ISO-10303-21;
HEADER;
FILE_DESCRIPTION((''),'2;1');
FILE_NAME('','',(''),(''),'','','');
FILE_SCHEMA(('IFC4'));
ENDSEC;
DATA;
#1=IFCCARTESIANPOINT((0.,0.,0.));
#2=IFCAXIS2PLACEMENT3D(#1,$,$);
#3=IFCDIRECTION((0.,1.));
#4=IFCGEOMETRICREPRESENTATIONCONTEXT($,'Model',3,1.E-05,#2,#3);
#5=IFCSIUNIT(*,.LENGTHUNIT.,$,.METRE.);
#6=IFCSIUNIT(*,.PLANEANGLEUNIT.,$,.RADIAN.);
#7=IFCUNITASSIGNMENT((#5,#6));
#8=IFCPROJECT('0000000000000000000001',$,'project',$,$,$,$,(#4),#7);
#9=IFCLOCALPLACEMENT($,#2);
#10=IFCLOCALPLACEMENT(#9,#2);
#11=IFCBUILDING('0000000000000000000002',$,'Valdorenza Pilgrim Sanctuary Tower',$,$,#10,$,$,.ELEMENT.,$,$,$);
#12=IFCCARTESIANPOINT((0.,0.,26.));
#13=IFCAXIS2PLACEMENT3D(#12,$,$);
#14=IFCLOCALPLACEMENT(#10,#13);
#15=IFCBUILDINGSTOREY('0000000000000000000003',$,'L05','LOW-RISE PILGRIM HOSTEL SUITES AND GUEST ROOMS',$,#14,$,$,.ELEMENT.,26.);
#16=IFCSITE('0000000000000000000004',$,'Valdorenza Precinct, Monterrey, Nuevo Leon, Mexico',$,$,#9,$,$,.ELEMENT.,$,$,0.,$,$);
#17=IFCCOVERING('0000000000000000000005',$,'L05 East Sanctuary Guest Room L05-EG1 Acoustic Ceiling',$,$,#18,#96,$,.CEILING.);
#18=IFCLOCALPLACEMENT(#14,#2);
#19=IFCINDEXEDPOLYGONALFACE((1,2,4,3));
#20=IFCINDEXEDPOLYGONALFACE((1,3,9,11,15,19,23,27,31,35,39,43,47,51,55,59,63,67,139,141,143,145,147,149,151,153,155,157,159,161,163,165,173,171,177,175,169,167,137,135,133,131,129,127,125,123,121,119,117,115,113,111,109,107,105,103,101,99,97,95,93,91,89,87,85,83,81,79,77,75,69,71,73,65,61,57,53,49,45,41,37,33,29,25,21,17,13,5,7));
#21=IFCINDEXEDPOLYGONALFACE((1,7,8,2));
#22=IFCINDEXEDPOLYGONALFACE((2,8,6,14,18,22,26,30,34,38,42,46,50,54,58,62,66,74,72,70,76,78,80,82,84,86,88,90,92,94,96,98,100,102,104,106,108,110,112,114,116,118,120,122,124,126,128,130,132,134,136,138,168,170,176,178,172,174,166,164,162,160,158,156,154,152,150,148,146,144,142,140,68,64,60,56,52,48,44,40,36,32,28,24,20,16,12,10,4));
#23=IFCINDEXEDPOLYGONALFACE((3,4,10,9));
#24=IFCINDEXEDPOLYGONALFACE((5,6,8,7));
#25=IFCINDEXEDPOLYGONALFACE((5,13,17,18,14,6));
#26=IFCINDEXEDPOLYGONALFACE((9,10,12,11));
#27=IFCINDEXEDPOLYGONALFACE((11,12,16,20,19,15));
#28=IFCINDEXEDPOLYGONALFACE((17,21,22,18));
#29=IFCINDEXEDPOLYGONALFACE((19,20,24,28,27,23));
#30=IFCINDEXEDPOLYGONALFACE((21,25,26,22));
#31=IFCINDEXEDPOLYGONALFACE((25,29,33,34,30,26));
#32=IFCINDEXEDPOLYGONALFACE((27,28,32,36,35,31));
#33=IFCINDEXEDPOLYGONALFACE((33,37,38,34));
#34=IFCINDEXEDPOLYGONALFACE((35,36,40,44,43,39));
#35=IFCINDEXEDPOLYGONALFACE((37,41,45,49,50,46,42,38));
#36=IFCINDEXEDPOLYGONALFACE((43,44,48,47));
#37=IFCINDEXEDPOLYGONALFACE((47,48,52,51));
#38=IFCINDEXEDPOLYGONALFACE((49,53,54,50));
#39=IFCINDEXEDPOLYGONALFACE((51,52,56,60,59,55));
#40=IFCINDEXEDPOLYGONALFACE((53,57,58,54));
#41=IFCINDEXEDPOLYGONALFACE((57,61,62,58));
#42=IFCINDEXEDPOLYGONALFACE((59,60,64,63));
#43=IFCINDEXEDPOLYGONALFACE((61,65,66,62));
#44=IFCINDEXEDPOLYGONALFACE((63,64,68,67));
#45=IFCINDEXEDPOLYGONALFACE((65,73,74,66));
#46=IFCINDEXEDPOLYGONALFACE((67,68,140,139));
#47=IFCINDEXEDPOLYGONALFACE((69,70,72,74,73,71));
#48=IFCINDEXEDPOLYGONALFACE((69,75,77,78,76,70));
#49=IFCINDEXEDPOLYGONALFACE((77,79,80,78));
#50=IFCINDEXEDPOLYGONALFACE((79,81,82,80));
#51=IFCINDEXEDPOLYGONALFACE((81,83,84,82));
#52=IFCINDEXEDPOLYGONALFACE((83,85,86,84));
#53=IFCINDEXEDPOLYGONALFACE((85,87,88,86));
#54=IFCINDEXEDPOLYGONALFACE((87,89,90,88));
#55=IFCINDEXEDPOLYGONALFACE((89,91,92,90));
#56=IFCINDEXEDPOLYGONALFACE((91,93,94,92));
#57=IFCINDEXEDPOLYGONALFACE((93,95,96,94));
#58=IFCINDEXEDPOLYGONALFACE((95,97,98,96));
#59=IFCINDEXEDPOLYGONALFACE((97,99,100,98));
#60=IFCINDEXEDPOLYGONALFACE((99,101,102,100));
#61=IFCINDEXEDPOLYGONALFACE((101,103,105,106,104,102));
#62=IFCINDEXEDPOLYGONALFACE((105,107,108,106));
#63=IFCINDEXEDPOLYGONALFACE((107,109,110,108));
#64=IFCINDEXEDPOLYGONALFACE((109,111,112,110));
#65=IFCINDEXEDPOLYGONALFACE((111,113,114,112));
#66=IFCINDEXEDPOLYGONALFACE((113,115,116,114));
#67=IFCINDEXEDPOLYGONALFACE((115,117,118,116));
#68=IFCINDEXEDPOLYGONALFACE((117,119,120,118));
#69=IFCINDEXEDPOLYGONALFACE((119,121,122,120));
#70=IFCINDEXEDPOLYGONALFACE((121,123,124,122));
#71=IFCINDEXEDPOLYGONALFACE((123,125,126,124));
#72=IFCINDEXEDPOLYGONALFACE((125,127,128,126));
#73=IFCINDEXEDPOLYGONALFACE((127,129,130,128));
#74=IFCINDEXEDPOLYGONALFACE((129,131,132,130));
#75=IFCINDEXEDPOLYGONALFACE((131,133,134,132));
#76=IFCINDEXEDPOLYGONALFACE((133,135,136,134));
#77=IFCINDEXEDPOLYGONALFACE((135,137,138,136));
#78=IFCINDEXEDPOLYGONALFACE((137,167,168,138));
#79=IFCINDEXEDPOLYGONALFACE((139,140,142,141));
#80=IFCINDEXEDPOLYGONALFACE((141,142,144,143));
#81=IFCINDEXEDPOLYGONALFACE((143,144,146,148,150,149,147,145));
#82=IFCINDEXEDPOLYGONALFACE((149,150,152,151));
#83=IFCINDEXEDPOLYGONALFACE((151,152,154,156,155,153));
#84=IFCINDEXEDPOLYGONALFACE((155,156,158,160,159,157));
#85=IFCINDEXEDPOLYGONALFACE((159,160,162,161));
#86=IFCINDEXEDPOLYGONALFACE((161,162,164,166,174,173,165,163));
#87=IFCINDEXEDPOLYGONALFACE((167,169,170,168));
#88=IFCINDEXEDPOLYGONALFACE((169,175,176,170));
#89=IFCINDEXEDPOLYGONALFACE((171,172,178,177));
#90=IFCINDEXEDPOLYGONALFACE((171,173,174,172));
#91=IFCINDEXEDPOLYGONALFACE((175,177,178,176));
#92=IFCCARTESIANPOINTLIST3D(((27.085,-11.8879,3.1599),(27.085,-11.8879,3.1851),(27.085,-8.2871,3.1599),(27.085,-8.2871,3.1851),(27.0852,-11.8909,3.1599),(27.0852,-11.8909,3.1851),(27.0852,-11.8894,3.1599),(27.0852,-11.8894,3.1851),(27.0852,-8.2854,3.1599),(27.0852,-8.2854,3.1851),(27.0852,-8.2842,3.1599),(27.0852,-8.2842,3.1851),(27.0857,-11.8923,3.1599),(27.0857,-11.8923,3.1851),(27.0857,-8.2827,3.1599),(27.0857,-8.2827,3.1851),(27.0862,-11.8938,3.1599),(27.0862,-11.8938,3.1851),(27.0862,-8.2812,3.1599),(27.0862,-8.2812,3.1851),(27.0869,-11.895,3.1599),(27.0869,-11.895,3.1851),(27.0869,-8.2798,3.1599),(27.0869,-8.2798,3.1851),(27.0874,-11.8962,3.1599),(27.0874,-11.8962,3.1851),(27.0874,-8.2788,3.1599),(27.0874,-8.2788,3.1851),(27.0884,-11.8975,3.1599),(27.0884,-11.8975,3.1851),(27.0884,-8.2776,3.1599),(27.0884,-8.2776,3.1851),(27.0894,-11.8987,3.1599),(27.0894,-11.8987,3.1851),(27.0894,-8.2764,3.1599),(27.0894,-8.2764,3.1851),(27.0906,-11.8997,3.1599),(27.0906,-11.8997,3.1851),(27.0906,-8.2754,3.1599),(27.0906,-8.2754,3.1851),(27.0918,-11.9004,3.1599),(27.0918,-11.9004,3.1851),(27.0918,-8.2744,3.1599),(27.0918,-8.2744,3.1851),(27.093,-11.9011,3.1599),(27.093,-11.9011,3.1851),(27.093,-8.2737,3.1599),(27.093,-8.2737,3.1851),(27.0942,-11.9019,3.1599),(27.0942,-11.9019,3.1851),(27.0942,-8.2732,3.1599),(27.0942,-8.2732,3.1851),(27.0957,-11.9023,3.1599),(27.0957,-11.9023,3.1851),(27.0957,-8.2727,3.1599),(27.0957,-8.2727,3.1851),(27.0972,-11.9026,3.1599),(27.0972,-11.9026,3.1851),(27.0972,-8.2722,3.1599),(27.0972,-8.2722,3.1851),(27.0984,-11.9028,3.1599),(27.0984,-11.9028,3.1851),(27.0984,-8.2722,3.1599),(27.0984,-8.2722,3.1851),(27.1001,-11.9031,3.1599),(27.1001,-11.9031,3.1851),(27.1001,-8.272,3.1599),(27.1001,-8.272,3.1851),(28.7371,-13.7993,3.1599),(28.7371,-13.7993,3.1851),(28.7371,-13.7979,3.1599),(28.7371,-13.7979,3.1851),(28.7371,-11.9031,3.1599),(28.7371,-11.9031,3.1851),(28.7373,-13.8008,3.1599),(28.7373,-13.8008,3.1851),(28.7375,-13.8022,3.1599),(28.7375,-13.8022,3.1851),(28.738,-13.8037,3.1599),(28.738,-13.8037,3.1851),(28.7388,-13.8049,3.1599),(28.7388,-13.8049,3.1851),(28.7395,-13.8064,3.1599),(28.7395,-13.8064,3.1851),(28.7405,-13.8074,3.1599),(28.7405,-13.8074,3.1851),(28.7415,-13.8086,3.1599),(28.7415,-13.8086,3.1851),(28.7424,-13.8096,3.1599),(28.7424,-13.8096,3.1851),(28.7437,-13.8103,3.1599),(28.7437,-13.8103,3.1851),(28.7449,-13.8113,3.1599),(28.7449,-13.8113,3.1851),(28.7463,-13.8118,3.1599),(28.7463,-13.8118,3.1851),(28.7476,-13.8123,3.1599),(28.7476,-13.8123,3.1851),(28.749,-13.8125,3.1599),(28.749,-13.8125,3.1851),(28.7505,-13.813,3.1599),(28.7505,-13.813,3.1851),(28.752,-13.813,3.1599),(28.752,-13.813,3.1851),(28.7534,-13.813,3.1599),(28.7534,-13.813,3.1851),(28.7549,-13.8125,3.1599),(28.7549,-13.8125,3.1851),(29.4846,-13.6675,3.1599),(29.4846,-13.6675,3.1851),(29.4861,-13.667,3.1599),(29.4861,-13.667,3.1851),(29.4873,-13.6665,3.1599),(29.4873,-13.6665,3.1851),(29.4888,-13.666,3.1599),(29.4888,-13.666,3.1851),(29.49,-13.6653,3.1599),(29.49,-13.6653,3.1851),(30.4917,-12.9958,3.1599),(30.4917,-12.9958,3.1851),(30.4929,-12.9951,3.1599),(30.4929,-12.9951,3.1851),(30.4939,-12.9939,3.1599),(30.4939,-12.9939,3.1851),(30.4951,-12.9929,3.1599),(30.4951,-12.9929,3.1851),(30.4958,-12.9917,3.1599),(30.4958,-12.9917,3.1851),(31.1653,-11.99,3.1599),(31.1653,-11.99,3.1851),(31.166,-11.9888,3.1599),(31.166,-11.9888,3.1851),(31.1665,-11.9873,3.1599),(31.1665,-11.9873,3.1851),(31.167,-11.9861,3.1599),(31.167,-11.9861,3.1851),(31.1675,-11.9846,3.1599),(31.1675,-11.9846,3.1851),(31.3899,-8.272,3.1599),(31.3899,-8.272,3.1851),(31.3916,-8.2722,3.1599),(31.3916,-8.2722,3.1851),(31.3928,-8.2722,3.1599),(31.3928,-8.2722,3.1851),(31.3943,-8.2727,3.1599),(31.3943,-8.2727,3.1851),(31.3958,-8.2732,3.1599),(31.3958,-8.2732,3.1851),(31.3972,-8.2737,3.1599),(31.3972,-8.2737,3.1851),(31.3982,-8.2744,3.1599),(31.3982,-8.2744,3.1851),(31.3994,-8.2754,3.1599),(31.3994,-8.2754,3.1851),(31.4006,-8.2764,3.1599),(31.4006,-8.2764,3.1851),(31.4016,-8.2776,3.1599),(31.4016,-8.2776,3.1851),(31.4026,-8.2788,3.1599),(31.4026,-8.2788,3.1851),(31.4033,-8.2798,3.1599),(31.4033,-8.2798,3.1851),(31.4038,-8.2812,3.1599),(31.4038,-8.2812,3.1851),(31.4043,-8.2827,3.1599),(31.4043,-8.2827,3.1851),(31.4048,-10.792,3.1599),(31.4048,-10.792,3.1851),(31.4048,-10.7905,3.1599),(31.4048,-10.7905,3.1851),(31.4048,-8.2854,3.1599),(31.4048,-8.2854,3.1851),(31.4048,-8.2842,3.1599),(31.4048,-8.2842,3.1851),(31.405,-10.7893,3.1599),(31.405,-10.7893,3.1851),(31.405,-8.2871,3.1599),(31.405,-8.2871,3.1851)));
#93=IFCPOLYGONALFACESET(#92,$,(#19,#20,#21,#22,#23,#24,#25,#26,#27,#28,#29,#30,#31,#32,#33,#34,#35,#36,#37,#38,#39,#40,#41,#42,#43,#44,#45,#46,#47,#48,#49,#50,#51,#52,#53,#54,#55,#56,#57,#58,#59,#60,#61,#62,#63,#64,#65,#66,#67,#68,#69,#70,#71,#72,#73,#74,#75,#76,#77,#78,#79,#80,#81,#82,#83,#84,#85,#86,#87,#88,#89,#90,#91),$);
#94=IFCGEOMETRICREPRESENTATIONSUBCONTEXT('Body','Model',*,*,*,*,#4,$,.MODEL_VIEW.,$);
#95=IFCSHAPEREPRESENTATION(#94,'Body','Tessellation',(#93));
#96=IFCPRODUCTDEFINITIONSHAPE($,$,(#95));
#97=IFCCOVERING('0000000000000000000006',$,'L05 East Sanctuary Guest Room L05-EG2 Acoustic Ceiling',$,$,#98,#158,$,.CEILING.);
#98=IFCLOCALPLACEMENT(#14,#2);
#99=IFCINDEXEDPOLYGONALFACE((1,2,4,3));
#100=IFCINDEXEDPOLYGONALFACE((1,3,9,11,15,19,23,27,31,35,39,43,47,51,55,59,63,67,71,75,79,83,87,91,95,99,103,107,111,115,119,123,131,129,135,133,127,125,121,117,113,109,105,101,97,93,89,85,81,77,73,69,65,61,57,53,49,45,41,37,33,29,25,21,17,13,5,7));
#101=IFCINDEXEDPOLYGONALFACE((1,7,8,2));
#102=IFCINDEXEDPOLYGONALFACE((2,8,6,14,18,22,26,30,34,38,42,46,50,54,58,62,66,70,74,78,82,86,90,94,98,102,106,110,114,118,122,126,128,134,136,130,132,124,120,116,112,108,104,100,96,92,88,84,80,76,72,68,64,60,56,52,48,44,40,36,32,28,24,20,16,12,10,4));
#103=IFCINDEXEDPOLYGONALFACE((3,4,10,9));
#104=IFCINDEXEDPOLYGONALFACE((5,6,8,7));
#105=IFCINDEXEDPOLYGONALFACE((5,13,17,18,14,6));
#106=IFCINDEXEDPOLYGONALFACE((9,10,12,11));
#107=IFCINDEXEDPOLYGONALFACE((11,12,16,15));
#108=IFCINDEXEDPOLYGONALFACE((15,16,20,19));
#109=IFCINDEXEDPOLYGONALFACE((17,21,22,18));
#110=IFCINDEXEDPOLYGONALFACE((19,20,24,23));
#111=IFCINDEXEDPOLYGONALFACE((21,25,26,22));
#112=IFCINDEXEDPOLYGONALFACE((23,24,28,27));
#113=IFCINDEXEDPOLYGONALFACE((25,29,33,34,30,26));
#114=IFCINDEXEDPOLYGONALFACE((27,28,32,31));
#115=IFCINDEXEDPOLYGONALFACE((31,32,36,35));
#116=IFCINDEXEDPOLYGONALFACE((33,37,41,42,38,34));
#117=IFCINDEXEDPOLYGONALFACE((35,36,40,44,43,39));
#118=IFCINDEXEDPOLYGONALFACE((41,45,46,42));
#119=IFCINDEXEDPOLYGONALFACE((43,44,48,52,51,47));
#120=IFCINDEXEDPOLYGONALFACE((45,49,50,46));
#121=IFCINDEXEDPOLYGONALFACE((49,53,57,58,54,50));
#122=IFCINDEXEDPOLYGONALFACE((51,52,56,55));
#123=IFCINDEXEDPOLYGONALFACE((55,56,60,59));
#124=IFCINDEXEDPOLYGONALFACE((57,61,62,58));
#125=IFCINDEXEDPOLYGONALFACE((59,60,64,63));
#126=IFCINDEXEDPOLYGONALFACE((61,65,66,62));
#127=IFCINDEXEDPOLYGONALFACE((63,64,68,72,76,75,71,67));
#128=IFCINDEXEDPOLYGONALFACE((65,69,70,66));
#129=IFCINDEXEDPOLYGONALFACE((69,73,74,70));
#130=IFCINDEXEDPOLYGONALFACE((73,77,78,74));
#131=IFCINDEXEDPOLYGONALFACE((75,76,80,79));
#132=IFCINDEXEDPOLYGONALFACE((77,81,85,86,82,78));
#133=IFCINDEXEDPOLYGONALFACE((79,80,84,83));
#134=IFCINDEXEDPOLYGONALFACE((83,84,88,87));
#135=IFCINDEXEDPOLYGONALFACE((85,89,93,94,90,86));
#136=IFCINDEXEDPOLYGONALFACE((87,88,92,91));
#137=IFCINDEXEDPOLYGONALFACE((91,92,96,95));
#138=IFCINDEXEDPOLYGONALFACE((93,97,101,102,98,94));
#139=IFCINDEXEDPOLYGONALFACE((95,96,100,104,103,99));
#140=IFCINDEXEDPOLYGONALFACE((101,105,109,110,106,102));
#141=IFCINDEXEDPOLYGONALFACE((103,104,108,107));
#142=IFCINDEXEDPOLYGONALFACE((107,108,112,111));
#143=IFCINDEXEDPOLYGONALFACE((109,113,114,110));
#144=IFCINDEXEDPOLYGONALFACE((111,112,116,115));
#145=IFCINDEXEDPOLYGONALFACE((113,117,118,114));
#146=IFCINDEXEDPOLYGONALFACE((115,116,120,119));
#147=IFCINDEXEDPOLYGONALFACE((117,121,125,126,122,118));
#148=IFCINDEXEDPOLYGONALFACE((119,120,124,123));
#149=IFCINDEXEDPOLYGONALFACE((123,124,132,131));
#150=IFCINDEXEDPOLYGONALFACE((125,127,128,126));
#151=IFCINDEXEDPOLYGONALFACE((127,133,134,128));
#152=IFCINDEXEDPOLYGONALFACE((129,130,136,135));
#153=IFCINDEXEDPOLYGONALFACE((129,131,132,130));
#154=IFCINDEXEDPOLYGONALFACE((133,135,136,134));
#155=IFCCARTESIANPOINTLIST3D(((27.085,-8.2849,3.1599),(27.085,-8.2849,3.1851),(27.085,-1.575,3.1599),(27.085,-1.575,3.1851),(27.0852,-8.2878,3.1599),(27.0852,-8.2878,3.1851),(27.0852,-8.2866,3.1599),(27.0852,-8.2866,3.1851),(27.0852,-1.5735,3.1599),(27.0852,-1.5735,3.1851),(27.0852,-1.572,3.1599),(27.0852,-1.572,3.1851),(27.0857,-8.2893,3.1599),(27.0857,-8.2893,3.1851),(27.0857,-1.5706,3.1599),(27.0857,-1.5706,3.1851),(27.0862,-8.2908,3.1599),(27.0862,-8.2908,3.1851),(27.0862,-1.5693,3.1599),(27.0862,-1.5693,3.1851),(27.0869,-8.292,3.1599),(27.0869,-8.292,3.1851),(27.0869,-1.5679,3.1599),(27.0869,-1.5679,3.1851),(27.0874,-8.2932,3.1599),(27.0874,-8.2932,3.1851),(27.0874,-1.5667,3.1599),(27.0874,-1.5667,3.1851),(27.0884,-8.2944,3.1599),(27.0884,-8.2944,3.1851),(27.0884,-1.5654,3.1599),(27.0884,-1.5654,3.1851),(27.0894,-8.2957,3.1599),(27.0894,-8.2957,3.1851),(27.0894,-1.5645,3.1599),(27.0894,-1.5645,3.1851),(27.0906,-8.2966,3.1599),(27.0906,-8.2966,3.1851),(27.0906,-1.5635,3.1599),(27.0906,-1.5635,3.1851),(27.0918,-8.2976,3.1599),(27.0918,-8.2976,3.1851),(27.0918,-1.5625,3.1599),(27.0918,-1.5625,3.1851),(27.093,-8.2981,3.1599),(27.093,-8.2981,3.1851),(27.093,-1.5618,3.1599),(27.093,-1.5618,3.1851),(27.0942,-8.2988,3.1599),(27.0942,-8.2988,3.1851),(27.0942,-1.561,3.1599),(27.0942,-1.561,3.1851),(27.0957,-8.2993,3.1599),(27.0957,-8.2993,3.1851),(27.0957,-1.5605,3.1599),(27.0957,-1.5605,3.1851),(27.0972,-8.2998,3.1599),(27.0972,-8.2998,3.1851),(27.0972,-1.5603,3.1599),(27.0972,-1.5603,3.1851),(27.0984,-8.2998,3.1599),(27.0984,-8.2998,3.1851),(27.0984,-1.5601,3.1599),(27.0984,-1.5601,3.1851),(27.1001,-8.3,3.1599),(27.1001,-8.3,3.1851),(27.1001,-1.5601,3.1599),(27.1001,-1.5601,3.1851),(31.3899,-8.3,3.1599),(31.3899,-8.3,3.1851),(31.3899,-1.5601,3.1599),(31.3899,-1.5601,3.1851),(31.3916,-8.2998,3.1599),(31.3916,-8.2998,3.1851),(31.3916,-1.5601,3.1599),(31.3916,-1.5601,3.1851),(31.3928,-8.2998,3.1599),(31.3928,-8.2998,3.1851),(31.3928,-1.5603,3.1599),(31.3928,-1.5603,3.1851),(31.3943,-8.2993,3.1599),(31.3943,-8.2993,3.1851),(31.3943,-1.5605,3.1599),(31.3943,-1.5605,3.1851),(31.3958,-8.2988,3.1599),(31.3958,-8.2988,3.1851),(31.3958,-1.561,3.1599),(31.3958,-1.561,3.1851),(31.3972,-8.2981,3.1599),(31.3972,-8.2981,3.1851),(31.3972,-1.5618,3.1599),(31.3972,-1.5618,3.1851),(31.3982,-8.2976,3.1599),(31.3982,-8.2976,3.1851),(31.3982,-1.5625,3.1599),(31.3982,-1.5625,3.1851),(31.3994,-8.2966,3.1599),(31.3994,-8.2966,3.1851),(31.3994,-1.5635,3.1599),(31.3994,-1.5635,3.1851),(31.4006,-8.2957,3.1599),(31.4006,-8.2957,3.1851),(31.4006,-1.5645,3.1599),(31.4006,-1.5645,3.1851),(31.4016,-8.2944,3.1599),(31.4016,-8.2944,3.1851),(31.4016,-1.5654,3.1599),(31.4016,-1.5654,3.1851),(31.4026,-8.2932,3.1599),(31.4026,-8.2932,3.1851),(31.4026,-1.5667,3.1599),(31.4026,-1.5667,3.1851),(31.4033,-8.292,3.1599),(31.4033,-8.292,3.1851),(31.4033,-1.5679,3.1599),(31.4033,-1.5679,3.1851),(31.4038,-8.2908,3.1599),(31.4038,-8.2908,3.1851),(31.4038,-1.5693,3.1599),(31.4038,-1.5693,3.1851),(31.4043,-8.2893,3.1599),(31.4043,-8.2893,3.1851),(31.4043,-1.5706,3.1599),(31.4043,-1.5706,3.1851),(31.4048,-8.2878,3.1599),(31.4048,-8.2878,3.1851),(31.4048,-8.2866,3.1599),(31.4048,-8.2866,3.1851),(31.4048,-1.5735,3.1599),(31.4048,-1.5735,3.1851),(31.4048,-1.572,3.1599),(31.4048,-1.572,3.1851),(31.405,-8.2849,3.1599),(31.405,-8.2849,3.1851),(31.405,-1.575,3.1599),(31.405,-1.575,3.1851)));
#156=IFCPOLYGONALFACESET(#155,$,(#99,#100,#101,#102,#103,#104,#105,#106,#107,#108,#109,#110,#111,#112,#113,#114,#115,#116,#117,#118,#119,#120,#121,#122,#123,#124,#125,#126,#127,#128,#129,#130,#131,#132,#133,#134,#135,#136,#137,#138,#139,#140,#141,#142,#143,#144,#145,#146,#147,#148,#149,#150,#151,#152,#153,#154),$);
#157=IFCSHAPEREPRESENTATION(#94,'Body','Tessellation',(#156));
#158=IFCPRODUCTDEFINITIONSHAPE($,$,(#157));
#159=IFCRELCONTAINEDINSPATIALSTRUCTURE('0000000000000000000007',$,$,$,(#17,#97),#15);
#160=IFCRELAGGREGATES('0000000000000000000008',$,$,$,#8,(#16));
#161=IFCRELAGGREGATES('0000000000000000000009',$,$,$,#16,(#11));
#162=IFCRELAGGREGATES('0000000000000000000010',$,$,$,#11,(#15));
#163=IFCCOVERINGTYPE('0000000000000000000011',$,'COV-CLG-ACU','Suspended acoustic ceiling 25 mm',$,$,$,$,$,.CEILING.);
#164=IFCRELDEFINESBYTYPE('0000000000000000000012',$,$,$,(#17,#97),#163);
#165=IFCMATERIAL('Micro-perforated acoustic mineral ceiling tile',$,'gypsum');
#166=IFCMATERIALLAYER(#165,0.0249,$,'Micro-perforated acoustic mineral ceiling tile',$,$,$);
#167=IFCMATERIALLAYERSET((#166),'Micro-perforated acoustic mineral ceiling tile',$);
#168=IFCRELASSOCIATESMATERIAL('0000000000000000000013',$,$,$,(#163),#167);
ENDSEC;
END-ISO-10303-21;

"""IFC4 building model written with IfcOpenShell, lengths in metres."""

from ifc_helpers import new_model, si_unit, direction, frame, origin, place, context, subcontext, project, spatial, polyline, outline, extrude, material, layer, layer_set, type_object, element, save


model = new_model("IFC4")

# Units and contexts
model_context = context("Model", 3, precision=1e-05, world=origin(), true_north=direction((0.0, 1.0)))
body_context = subcontext(model_context, "Body", "Model", "MODEL_VIEW")
ifc_project = project(units=[si_unit("LENGTHUNIT", "METRE"), si_unit("PLANEANGLEUNIT", "RADIAN")], contexts=[model_context])

# Site, building, storey
site_placement = place(None, origin())
site = spatial("IfcSite", under=ifc_project, at=site_placement, Name="Valdorenza Precinct, Monterrey, Nuevo Leon, Mexico", CompositionType="ELEMENT", RefElevation=0.0)
building_placement = place(site_placement, origin())
building = spatial("IfcBuilding", under=site, at=building_placement, Name="Valdorenza Pilgrim Sanctuary Tower", CompositionType="ELEMENT")
storey_placement = place(building_placement, frame((0.0, 0.0, 26.0)))
storey = spatial("IfcBuildingStorey", under=building, at=storey_placement, Name="L05", Description="LOW-RISE PILGRIM HOSTEL SUITES AND GUEST ROOMS", CompositionType="ELEMENT", Elevation=26.0)

# Coverings
ifc_material_1 = material(Name="Micro-perforated acoustic mineral ceiling tile", Category="gypsum")
ifc_layer_1 = layer(ifc_material_1, 0.0249, Name="Micro-perforated acoustic mineral ceiling tile")
ifc_layer_set_1 = layer_set([ifc_layer_1], Name="Micro-perforated acoustic mineral ceiling tile")
covering_type_1 = type_object("IfcCoveringType", Name="COV-CLG-ACU", Description="Suspended acoustic ceiling 25 mm", PredefinedType="CEILING", material=ifc_layer_set_1)
covering_1_placement = place(storey_placement, frame((0.0, 0.0, 3.1599)))
element("IfcCovering", 1, at=covering_1_placement, inside=storey, type_object=covering_type_1, Name="L05 East Sanctuary Guest Room L05-EG1 Acoustic Ceiling", PredefinedType="CEILING", context=body_context, shape_type="SweptSolid", body=[
    extrude(outline(polyline([(28.7371, -11.9031), (27.1001, -11.9031), (27.0984, -11.9028), (27.0972, -11.9026), (27.0957, -11.9023), (27.0942, -11.9019), (27.093, -11.9011), (27.0918, -11.9004), (27.0906, -11.8997), (27.0894, -11.8987), (27.0884, -11.8975), (27.0874, -11.8962), (27.0869, -11.895), (27.0862, -11.8938), (27.0857, -11.8923), (27.0852, -11.8909), (27.0852, -11.8894), (27.085, -11.8879), (27.085, -8.2871), (27.0852, -8.2854), (27.0852, -8.2842), (27.0857, -8.2827), (27.0862, -8.2812), (27.0869, -8.2798), (27.0874, -8.2788), (27.0884, -8.2776), (27.0894, -8.2764), (27.0906, -8.2754), (27.0918, -8.2744), (27.093, -8.2737), (27.0942, -8.2732), (27.0957, -8.2727), (27.0972, -8.2722), (27.0984, -8.2722), (27.1001, -8.272), (31.3899, -8.272), (31.3916, -8.2722), (31.3928, -8.2722), (31.3943, -8.2727), (31.3958, -8.2732), (31.3972, -8.2737), (31.3982, -8.2744), (31.3994, -8.2754), (31.4006, -8.2764), (31.4016, -8.2776), (31.4026, -8.2788), (31.4033, -8.2798), (31.4038, -8.2812), (31.4043, -8.2827), (31.4048, -8.2842), (31.4048, -8.2854), (31.405, -8.2871), (31.405, -10.7893), (31.4048, -10.7905), (31.4048, -10.792), (31.1675, -11.9846), (31.167, -11.9861), (31.1665, -11.9873), (31.166, -11.9888), (31.1653, -11.99), (30.4958, -12.9917), (30.4951, -12.9929), (30.4939, -12.9939), (30.4929, -12.9951), (30.4917, -12.9958), (29.49, -13.6653), (29.4888, -13.666), (29.4873, -13.6665), (29.4861, -13.667), (29.4846, -13.6675), (28.7549, -13.8125), (28.7534, -13.813), (28.752, -13.813), (28.7505, -13.813), (28.749, -13.8125), (28.7476, -13.8123), (28.7463, -13.8118), (28.7449, -13.8113), (28.7437, -13.8103), (28.7424, -13.8096), (28.7415, -13.8086), (28.7405, -13.8074), (28.7395, -13.8064), (28.7388, -13.8049), (28.738, -13.8037), (28.7375, -13.8022), (28.7373, -13.8008), (28.7371, -13.7993), (28.7371, -13.7979), (28.7371, -11.9031)])), origin(), (0.0, 0.0, 1.0), 0.0251),
])
covering_2_placement = place(storey_placement, frame((0.0, 0.0, 3.1599)))
element("IfcCovering", 2, at=covering_2_placement, inside=storey, type_object=covering_type_1, Name="L05 East Sanctuary Guest Room L05-EG2 Acoustic Ceiling", PredefinedType="CEILING", context=body_context, shape_type="SweptSolid", body=[
    extrude(outline(polyline([(31.3899, -1.5601), (31.3916, -1.5601), (31.3928, -1.5603), (31.3943, -1.5605), (31.3958, -1.561), (31.3972, -1.5618), (31.3982, -1.5625), (31.3994, -1.5635), (31.4006, -1.5645), (31.4016, -1.5654), (31.4026, -1.5667), (31.4033, -1.5679), (31.4038, -1.5693), (31.4043, -1.5706), (31.4048, -1.572), (31.4048, -1.5735), (31.405, -1.575), (31.405, -8.2849), (31.4048, -8.2866), (31.4048, -8.2878), (31.4043, -8.2893), (31.4038, -8.2908), (31.4033, -8.292), (31.4026, -8.2932), (31.4016, -8.2944), (31.4006, -8.2957), (31.3994, -8.2966), (31.3982, -8.2976), (31.3972, -8.2981), (31.3958, -8.2988), (31.3943, -8.2993), (31.3928, -8.2998), (31.3916, -8.2998), (31.3899, -8.3), (27.1001, -8.3), (27.0984, -8.2998), (27.0972, -8.2998), (27.0957, -8.2993), (27.0942, -8.2988), (27.093, -8.2981), (27.0918, -8.2976), (27.0906, -8.2966), (27.0894, -8.2957), (27.0884, -8.2944), (27.0874, -8.2932), (27.0869, -8.292), (27.0862, -8.2908), (27.0857, -8.2893), (27.0852, -8.2878), (27.0852, -8.2866), (27.085, -8.2849), (27.085, -1.575), (27.0852, -1.5735), (27.0852, -1.572), (27.0857, -1.5706), (27.0862, -1.5693), (27.0869, -1.5679), (27.0874, -1.5667), (27.0884, -1.5654), (27.0894, -1.5645), (27.0906, -1.5635), (27.0918, -1.5625), (27.093, -1.5618), (27.0942, -1.561), (27.0957, -1.5605), (27.0972, -1.5603), (27.0984, -1.5601), (27.1001, -1.5601), (31.3899, -1.5601)])), origin(), (0.0, 0.0, 1.0), 0.0251),
])

save(model, "model.ifc")
